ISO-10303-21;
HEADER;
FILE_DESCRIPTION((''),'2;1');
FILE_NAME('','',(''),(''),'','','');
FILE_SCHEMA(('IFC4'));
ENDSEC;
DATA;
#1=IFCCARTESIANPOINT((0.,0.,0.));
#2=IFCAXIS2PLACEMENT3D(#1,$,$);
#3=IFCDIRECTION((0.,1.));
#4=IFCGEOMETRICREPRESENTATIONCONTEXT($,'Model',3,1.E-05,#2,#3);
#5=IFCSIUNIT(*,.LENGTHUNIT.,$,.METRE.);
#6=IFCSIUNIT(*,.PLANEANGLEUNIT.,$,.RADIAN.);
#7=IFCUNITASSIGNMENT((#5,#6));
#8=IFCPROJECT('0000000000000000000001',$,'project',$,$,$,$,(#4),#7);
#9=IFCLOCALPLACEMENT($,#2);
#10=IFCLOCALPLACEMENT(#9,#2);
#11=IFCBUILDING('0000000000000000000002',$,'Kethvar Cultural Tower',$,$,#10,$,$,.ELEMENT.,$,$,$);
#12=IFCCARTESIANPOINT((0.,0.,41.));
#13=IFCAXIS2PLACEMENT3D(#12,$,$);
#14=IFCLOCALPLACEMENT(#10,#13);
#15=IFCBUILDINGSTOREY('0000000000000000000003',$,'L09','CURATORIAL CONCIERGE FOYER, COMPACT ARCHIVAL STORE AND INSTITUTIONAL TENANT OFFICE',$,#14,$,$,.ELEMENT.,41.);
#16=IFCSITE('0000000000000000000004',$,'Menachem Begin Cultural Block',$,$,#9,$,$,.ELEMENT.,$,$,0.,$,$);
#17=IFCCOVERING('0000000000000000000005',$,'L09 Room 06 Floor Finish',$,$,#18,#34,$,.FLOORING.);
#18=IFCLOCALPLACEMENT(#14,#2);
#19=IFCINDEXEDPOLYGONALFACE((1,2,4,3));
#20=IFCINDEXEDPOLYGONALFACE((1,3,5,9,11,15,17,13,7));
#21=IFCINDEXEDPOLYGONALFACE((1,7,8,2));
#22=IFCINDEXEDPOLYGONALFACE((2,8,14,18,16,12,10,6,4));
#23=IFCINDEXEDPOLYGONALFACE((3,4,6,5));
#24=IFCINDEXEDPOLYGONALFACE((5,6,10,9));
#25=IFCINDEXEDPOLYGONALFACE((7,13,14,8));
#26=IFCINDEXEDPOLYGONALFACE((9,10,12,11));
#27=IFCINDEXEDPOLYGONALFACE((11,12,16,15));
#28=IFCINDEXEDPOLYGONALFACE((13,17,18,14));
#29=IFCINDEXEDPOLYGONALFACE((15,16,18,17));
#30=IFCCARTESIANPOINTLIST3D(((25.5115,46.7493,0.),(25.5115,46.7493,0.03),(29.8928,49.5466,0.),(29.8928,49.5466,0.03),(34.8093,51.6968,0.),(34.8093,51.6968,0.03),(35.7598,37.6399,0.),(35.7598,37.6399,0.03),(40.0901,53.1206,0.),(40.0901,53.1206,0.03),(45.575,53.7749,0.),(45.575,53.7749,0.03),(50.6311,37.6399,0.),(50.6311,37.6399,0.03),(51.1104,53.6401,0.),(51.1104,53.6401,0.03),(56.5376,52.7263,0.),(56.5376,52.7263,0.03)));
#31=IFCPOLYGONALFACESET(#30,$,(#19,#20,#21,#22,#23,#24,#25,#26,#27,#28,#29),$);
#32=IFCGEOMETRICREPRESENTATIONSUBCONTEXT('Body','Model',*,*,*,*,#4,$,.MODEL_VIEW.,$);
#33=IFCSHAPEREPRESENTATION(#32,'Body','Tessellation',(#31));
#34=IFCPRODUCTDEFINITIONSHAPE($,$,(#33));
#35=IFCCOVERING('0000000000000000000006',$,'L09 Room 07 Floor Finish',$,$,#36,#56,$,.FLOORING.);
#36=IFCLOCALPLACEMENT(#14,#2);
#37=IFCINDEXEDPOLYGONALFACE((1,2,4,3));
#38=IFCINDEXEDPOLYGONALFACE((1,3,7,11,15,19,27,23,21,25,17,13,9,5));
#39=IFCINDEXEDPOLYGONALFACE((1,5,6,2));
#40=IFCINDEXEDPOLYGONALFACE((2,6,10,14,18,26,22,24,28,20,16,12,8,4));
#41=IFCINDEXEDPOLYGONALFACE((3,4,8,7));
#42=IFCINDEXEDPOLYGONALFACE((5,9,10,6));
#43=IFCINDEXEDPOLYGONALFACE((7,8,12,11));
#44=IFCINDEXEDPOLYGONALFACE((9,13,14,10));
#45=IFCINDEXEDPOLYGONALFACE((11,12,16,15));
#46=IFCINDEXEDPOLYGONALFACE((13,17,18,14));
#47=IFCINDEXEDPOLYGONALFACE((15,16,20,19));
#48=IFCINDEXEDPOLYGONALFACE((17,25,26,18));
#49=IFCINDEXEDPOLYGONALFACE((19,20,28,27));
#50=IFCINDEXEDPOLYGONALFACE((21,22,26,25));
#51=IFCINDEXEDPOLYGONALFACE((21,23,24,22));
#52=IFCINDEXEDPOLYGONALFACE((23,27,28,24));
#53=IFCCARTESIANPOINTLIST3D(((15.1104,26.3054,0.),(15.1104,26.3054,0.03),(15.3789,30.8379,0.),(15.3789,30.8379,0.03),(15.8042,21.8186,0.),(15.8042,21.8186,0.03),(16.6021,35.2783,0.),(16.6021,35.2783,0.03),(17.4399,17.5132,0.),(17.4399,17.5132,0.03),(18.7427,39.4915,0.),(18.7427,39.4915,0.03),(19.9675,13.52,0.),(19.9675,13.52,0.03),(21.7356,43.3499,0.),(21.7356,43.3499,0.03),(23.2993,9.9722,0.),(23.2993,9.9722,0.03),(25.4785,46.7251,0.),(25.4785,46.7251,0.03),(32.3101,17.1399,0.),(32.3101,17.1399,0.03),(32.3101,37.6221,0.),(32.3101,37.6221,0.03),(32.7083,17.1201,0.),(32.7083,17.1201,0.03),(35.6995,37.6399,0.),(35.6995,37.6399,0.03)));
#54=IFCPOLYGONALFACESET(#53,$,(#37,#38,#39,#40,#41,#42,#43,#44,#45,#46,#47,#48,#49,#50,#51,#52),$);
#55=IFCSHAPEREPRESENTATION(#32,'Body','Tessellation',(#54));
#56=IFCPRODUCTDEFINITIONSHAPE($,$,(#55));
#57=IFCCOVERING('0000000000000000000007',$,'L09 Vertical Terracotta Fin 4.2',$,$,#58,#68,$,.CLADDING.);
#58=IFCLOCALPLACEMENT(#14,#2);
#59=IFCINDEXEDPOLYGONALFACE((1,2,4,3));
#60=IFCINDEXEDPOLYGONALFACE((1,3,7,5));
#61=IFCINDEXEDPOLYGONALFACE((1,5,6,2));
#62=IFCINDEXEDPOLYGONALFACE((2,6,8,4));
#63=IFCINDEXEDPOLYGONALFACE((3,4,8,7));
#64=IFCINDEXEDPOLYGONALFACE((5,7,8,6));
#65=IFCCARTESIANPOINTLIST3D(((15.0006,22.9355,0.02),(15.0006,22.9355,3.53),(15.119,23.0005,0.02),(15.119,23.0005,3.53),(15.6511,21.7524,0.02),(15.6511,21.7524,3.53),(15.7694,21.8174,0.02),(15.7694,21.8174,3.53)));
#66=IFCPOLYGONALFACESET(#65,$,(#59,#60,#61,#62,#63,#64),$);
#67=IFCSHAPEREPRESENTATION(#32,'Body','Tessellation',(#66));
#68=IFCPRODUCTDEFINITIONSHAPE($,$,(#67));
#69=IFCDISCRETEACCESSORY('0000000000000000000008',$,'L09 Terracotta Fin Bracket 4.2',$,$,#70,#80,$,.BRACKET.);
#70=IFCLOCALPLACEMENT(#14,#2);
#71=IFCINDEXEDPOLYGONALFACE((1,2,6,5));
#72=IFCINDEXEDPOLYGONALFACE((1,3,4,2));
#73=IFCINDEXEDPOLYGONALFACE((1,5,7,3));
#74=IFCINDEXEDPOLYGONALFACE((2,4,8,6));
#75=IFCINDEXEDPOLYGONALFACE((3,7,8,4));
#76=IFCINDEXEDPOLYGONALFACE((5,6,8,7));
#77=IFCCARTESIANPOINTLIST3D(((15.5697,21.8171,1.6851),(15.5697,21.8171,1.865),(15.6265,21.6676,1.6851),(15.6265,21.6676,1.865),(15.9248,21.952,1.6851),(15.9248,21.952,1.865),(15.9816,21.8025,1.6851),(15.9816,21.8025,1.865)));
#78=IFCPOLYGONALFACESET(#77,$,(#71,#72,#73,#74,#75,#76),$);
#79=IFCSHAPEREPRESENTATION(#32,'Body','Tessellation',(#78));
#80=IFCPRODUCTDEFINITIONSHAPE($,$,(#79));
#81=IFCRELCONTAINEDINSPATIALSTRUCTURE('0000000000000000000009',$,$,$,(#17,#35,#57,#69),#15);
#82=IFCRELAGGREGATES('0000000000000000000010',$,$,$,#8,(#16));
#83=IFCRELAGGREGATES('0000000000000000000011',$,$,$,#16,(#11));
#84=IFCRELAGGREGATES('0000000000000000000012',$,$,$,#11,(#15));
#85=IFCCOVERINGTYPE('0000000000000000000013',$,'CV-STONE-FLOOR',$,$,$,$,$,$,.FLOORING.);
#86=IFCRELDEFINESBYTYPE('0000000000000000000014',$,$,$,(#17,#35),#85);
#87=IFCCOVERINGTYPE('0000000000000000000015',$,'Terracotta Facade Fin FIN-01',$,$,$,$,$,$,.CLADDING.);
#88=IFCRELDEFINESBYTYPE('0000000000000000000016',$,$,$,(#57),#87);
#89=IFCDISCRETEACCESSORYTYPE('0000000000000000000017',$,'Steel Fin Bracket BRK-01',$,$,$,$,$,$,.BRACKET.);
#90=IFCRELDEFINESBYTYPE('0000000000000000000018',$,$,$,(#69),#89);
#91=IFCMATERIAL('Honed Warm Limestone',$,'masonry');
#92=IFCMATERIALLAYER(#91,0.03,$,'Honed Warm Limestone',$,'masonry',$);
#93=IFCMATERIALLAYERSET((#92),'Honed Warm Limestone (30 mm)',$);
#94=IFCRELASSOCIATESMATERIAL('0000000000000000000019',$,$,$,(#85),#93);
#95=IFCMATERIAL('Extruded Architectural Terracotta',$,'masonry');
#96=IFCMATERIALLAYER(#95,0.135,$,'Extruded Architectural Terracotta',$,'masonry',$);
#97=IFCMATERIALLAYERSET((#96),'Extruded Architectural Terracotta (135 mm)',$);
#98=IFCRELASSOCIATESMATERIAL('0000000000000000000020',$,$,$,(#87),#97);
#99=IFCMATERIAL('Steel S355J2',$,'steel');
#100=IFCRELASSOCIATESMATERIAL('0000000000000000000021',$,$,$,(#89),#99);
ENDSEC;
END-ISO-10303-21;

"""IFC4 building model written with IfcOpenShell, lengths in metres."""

from ifc_helpers import new_model, si_unit, direction, frame, origin, origin_2d, place, context, subcontext, project, spatial, polyline, rectangle, outline, extrude, source, transform, mapped, material, layer, layer_set, type_object, element, save


model = new_model("IFC4")

# Units and contexts
model_context = context("Model", 3, precision=1e-05, world=origin(), true_north=direction((0.0, 1.0)))
body_context = subcontext(model_context, "Body", "Model", "MODEL_VIEW")
ifc_project = project(units=[si_unit("LENGTHUNIT", "METRE"), si_unit("PLANEANGLEUNIT", "RADIAN")], contexts=[model_context])

# Site, building, storey
site_placement = place(None, origin())
site = spatial("IfcSite", under=ifc_project, at=site_placement, Name="Menachem Begin Cultural Block", CompositionType="ELEMENT", RefElevation=0.0)
building_placement = place(site_placement, origin())
building = spatial("IfcBuilding", under=site, at=building_placement, Name="Kethvar Cultural Tower", CompositionType="ELEMENT")
storey_placement = place(building_placement, frame((0.0, 0.0, 41.0)))
storey = spatial("IfcBuildingStorey", under=building, at=storey_placement, Name="L09", Description="CURATORIAL CONCIERGE FOYER, COMPACT ARCHIVAL STORE AND INSTITUTIONAL TENANT OFFICE", CompositionType="ELEMENT", Elevation=41.0)

# Shared definitions
ifc_material_1 = material(Name="Steel S355J2", Category="steel")

# Coverings
ifc_material_2 = material(Name="Honed Warm Limestone", Category="masonry")
ifc_layer_1 = layer(ifc_material_2, 0.03, Name="Honed Warm Limestone", Category="masonry")
ifc_layer_set_1 = layer_set([ifc_layer_1], Name="Honed Warm Limestone (30 mm)")
covering_type_1 = type_object("IfcCoveringType", Name="CV-STONE-FLOOR", PredefinedType="FLOORING", material=ifc_layer_set_1)
covering_1_placement = place(storey_placement, origin())
element("IfcCovering", 1, at=covering_1_placement, inside=storey, type_object=covering_type_1, Name="L09 Room 06 Floor Finish", PredefinedType="FLOORING", context=body_context, shape_type="SweptSolid", body=[
    extrude(outline(polyline([(25.5115, 46.7493), (29.8928, 49.5466), (34.8093, 51.6968), (40.0901, 53.1206), (45.575, 53.7749), (51.1104, 53.6401), (56.5376, 52.7263), (50.6311, 37.6399), (35.7598, 37.6399), (25.5115, 46.7493)])), origin(), (0.0, 0.0, 1.0), 0.03),
])
covering_2_placement = place(storey_placement, origin())
element("IfcCovering", 2, at=covering_2_placement, inside=storey, type_object=covering_type_1, Name="L09 Room 07 Floor Finish", PredefinedType="FLOORING", context=body_context, shape_type="SweptSolid", body=[
    extrude(outline(polyline([(19.9675, 13.52), (17.4399, 17.5132), (15.8042, 21.8186), (15.1104, 26.3054), (15.3789, 30.8379), (16.6021, 35.2783), (18.7427, 39.4915), (21.7356, 43.3499), (25.4785, 46.7251), (35.6995, 37.6399), (32.3101, 37.6221), (32.3101, 17.1399), (32.7083, 17.1201), (23.2993, 9.9722), (19.9675, 13.52)])), origin(), (0.0, 0.0, 1.0), 0.03),
])
ifc_material_3 = material(Name="Extruded Architectural Terracotta", Category="masonry")
ifc_layer_2 = layer(ifc_material_3, 0.135, Name="Extruded Architectural Terracotta", Category="masonry")
ifc_layer_set_2 = layer_set([ifc_layer_2], Name="Extruded Architectural Terracotta (135 mm)")
covering_type_2 = type_object("IfcCoveringType", Name="Terracotta Facade Fin FIN-01", PredefinedType="CLADDING", material=ifc_layer_set_2)
shared_shape_1 = source(origin(), body_context, "Body", "SweptSolid", [
    extrude(rectangle(XDim=1.3501, YDim=0.135, at=origin_2d()), origin(), (0.0, 0.0, 1.0), 3.51),
])
covering_3_placement = place(storey_placement, frame((15.385, 22.3765, 0.02), z_axis=(0.0, 0.0, 1.0), x_axis=(-0.481754, 0.876307, 0.0)))
element("IfcCovering", 3, at=covering_3_placement, inside=storey, type_object=covering_type_2, Name="L09 Vertical Terracotta Fin 4.2", PredefinedType="CLADDING", context=body_context, shape_type="MappedRepresentation", body=[
    mapped(shared_shape_1, transform((0.0, 0.0, 0.0), scale=1.0)),
])

# Discrete accessory
discrete_accessory_type = type_object("IfcDiscreteAccessoryType", Name="Steel Fin Bracket BRK-01", PredefinedType="BRACKET", material=ifc_material_1)
shared_shape_2 = source(origin(), body_context, "Body", "SweptSolid", [
    extrude(rectangle(XDim=0.3799, YDim=0.1599, at=origin_2d()), origin(), (0.0, 0.0, 1.0), 0.1799),
])
discrete_accessory_placement = place(storey_placement, frame((15.7756, 21.8098, 1.6851), z_axis=(0.0, 0.0, 1.0), x_axis=(-0.934826, -0.355107, 0.0)))
element("IfcDiscreteAccessory", 4, at=discrete_accessory_placement, inside=storey, type_object=discrete_accessory_type, Name="L09 Terracotta Fin Bracket 4.2", PredefinedType="BRACKET", context=body_context, shape_type="MappedRepresentation", body=[
    mapped(shared_shape_2, transform((0.0, 0.0, 0.0), scale=1.0)),
])

save(model, "model.ifc")
